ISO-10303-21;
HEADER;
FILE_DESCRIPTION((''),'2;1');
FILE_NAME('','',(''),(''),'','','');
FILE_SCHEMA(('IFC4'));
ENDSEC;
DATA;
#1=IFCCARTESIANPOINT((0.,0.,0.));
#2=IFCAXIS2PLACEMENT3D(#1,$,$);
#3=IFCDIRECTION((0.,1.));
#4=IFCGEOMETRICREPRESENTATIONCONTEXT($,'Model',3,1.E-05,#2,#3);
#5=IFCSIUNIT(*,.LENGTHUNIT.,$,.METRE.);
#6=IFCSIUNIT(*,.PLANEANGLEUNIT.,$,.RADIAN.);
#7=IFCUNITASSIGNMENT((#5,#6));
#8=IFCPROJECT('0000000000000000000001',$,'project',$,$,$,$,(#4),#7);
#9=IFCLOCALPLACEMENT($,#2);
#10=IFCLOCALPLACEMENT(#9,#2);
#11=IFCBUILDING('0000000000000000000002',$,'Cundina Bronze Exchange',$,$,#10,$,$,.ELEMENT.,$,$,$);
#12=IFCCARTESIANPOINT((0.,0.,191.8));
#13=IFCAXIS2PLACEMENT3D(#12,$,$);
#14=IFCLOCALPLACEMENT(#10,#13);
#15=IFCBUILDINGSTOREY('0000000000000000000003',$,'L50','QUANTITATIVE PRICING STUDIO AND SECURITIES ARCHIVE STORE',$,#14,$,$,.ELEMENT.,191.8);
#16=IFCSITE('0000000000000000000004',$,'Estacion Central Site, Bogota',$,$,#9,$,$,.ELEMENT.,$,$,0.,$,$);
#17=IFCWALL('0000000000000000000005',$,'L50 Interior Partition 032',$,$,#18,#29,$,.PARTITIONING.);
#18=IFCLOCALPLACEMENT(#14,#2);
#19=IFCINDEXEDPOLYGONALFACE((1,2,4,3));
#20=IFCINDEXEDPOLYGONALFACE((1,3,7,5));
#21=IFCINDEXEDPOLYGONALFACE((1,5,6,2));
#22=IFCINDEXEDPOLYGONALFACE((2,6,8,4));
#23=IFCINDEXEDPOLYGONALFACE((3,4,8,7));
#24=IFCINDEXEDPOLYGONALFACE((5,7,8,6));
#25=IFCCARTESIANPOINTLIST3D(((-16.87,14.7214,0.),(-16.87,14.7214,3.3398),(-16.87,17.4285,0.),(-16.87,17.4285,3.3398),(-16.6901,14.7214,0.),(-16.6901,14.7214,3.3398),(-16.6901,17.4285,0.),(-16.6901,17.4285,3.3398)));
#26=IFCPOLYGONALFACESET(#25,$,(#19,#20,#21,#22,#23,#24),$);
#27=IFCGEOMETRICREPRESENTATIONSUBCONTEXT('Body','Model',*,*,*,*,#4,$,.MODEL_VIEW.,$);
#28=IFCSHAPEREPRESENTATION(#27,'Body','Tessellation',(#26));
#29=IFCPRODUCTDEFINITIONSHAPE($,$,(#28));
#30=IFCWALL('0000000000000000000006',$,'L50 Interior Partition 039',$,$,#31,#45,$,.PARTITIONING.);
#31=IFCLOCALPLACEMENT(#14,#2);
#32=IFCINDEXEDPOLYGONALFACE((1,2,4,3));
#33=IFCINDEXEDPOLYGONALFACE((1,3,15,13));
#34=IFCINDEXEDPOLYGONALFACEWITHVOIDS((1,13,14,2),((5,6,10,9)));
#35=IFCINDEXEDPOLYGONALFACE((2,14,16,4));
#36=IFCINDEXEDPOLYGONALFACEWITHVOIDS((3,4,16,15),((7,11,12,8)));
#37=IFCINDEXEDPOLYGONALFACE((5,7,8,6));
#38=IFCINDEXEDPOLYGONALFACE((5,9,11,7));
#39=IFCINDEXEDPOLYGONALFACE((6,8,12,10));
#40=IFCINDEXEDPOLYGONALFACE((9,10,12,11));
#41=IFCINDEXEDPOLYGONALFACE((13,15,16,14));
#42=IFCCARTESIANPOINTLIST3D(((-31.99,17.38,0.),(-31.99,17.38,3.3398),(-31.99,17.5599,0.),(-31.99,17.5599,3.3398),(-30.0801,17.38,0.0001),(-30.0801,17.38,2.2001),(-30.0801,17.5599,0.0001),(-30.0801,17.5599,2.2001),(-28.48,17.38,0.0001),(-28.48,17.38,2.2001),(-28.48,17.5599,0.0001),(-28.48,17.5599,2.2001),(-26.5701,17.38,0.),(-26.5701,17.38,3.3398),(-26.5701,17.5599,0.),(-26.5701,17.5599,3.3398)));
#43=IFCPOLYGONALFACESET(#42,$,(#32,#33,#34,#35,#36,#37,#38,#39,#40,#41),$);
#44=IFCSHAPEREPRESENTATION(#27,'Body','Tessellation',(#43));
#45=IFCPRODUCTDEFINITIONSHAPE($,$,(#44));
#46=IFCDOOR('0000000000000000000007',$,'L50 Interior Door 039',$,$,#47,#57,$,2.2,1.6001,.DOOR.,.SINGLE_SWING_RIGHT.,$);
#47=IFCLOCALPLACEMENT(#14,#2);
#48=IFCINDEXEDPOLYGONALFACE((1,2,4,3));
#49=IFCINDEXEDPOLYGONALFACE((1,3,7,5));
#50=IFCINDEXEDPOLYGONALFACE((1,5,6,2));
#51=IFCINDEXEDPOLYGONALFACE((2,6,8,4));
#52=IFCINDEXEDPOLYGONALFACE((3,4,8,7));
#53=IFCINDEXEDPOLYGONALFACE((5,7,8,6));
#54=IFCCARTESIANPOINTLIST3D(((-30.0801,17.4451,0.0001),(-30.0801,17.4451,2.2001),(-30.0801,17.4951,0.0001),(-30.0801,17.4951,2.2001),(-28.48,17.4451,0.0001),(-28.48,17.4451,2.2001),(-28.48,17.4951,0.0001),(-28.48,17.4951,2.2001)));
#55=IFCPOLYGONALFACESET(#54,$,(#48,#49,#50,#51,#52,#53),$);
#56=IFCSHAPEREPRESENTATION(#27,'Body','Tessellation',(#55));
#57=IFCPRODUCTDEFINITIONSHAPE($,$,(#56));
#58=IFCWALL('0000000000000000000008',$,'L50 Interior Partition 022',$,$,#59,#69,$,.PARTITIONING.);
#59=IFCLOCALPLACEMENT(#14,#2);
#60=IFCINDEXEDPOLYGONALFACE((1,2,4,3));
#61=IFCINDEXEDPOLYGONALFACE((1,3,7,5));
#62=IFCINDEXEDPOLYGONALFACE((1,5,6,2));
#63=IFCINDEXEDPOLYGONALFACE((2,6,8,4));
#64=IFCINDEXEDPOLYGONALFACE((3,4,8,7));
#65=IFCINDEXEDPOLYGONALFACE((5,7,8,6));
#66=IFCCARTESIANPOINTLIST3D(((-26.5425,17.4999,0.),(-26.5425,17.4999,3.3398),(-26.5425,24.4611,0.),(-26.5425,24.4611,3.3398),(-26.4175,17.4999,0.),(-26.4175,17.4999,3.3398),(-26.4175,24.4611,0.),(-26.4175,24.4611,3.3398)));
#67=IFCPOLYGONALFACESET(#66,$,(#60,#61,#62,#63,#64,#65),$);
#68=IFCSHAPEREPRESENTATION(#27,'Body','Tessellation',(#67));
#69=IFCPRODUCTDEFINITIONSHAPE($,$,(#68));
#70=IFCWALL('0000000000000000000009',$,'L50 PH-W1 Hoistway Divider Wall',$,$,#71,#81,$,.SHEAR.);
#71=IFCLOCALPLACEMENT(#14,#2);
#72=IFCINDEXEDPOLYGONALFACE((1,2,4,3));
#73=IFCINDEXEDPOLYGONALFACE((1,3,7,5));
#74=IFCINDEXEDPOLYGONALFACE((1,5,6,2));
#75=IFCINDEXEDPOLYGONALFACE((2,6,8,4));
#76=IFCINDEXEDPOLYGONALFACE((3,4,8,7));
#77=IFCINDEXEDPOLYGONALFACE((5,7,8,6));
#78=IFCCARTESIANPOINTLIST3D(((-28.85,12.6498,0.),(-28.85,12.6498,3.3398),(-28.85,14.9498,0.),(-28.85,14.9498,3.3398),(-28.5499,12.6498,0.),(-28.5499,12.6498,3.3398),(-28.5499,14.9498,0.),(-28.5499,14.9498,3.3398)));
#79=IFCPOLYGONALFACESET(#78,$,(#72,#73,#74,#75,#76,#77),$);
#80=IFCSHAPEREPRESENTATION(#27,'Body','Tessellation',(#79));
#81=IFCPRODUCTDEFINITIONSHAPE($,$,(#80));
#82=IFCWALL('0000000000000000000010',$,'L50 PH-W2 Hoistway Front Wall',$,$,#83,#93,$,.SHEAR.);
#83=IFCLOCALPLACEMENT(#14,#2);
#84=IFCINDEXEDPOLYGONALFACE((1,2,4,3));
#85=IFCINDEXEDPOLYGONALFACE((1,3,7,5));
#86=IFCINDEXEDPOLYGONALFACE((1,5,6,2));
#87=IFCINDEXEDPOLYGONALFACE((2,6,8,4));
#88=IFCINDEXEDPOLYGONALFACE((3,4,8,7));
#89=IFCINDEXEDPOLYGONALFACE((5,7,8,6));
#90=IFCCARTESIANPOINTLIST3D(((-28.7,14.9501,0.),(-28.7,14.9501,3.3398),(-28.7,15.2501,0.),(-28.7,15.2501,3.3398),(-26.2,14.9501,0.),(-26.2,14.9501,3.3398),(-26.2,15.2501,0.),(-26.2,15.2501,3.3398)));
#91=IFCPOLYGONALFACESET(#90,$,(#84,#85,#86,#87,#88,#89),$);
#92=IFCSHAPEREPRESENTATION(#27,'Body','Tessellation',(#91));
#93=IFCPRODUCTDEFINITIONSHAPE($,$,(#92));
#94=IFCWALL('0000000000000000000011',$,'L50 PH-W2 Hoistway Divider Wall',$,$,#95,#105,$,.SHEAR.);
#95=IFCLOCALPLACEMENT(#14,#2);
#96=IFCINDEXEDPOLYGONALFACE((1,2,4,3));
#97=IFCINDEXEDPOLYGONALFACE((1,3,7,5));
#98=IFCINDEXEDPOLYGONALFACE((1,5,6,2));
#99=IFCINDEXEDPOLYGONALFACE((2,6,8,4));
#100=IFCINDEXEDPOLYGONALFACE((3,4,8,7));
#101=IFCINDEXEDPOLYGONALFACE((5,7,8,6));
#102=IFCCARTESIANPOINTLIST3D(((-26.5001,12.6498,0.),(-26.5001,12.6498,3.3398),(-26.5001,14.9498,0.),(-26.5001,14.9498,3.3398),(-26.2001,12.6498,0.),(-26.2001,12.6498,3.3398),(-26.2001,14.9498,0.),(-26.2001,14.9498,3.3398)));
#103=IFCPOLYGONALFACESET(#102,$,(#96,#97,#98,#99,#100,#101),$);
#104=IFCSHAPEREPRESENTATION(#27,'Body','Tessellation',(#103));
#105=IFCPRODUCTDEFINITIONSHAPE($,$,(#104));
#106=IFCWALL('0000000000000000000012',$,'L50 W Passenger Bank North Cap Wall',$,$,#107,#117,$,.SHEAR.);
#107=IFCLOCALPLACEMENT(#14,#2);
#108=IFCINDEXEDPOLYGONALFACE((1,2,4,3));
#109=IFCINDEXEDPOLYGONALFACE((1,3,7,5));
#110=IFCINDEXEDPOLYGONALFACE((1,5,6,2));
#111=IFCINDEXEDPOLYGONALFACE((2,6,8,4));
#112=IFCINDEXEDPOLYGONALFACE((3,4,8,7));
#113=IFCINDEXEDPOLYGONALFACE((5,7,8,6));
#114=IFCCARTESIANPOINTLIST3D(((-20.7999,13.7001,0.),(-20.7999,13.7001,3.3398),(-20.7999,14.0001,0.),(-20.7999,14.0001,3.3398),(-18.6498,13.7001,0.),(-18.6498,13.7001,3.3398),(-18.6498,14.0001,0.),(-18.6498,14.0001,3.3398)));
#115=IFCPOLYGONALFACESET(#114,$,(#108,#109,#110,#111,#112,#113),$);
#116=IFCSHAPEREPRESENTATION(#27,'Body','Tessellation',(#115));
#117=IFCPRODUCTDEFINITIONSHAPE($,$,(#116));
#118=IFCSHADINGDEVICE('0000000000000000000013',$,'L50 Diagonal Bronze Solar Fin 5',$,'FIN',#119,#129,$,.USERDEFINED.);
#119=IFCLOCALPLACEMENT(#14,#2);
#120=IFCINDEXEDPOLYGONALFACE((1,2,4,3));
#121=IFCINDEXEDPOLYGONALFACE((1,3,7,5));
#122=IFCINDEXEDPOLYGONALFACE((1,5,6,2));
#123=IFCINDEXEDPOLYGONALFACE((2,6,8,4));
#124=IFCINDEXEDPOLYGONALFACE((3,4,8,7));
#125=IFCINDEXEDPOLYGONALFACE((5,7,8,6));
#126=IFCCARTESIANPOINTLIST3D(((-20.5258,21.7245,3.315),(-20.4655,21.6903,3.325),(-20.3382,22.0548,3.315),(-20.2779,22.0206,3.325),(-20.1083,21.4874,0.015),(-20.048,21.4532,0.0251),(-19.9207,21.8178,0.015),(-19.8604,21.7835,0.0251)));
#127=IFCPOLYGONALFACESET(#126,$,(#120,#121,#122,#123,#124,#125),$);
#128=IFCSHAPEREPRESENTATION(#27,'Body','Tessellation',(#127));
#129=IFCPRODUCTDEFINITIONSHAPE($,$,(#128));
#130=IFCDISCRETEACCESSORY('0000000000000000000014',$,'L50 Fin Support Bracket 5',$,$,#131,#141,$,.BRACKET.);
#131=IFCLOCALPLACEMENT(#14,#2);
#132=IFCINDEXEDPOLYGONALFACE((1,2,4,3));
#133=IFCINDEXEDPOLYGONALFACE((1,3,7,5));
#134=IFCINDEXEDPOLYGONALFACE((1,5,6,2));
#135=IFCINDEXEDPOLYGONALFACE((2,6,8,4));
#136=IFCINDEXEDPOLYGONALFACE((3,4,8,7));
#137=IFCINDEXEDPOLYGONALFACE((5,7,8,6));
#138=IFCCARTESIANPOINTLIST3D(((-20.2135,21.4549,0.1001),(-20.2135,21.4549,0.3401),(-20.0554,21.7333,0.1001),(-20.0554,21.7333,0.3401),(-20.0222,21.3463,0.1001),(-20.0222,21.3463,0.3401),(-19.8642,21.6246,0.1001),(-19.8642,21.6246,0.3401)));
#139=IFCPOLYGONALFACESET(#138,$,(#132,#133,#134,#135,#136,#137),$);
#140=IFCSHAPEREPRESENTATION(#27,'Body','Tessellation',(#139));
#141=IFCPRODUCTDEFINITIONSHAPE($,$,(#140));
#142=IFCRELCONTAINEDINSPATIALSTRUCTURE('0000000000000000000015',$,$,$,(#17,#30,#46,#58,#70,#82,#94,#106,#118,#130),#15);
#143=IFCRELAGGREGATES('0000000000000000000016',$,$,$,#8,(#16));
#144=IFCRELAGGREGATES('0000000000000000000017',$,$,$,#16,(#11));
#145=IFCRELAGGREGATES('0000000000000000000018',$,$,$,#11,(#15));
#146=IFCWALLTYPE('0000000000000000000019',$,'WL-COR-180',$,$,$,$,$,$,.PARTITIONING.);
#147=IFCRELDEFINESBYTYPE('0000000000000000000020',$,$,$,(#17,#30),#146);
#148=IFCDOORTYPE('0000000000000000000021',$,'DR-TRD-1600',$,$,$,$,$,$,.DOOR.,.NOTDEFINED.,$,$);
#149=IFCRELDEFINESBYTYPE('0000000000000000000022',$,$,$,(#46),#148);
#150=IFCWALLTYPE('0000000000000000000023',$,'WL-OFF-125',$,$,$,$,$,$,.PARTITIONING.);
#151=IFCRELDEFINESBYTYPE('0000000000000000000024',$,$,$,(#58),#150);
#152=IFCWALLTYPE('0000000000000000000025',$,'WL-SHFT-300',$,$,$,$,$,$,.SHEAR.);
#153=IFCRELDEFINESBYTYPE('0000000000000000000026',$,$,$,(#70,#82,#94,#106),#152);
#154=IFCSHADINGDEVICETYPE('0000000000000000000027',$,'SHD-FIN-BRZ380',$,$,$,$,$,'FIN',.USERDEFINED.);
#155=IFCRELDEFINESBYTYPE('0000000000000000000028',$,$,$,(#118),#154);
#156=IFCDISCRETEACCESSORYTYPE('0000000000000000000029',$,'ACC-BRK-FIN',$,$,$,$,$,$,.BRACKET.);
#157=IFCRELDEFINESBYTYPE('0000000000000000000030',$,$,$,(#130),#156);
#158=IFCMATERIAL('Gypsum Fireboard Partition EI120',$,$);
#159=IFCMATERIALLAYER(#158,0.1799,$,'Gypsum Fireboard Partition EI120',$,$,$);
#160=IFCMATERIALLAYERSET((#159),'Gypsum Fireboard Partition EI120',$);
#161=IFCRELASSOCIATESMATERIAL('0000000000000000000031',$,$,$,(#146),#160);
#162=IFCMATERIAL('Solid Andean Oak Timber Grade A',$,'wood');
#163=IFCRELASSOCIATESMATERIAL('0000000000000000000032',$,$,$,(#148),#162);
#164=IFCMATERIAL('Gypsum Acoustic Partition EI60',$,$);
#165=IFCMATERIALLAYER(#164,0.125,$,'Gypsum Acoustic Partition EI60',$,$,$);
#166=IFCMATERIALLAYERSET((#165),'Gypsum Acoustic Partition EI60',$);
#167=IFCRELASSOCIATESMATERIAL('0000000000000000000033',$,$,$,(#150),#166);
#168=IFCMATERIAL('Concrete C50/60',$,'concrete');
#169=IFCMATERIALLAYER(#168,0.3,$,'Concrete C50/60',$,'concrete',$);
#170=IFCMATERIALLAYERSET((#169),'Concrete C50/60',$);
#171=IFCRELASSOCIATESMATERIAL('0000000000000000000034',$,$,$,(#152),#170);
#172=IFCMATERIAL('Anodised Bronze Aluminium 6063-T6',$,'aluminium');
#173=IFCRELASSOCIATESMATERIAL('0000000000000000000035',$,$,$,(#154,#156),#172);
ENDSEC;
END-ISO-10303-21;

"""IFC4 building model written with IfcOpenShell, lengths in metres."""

from ifc_helpers import new_model, si_unit, direction, frame, frame_2d, origin, origin_2d, place, context, subcontext, project, spatial, rectangle, extrude, material, layer, layer_set, material_profile, profile_set, type_object, element, fill, save


model = new_model("IFC4")

# Units and contexts
model_context = context("Model", 3, precision=1e-05, world=origin(), true_north=direction((0.0, 1.0)))
body_context = subcontext(model_context, "Body", "Model", "MODEL_VIEW")
ifc_project = project(units=[si_unit("LENGTHUNIT", "METRE"), si_unit("PLANEANGLEUNIT", "RADIAN")], contexts=[model_context])

# Site, building, storey
site_placement = place(None, origin())
site = spatial("IfcSite", under=ifc_project, at=site_placement, Name="Estacion Central Site, Bogota", CompositionType="ELEMENT", RefElevation=0.0)
building_placement = place(site_placement, origin())
building = spatial("IfcBuilding", under=site, at=building_placement, Name="Cundina Bronze Exchange", CompositionType="ELEMENT")
storey_placement = place(building_placement, frame((0.0, 0.0, 191.8)))
storey = spatial("IfcBuildingStorey", under=building, at=storey_placement, Name="L50", Description="QUANTITATIVE PRICING STUDIO AND SECURITIES ARCHIVE STORE", CompositionType="ELEMENT", Elevation=191.8)

# Shared definitions
ifc_material_1 = material(Name="Concrete C50/60", Category="concrete")

# Shared definitions
ifc_material_2 = material(Name="Anodised Bronze Aluminium 6063-T6", Category="aluminium")

# Shared definitions
ifc_material_3 = material(Name="Gypsum Fireboard Partition EI120")
ifc_layer_1 = layer(ifc_material_3, 0.1799, Name="Gypsum Fireboard Partition EI120")
ifc_layer_set_1 = layer_set([ifc_layer_1], Name="Gypsum Fireboard Partition EI120")
wall_type_1 = type_object("IfcWallType", Name="WL-COR-180", PredefinedType="PARTITIONING", material=ifc_layer_set_1)
ifc_material_4 = material(Name="Solid Andean Oak Timber Grade A", Category="wood")

# Wall
wall_1_placement = place(storey_placement, frame((-16.78, 14.7214, 0.0), z_axis=(0.0, 0.0, 1.0), x_axis=(0.0, 1.0, 0.0)))
element("IfcWall", 1, at=wall_1_placement, inside=storey, type_object=wall_type_1, Name="L50 Interior Partition 032", PredefinedType="PARTITIONING", context=body_context, shape_type="SweptSolid", body=[
    extrude(rectangle(XDim=2.707, YDim=0.1799, at=frame_2d((1.3535, 0.0))), origin(), (0.0, 0.0, 1.0), 3.3398),
])

# Wall, opening, door
wall_2_placement = place(storey_placement, frame((-26.5701, 17.47, 0.0), z_axis=(0.0, 0.0, 1.0), x_axis=(-1.0, 0.0, 0.0)))
wall_2 = element("IfcWall", 2, at=wall_2_placement, inside=storey, type_object=wall_type_1, Name="L50 Interior Partition 039", PredefinedType="PARTITIONING", context=body_context, shape_type="SweptSolid", body=[
    extrude(rectangle(XDim=5.4199, YDim=0.1799, at=frame_2d((2.71, 0.0))), origin(), (0.0, 0.0, 1.0), 3.3398),
])
opening_1_placement = place(wall_2_placement, frame((1.9099, 0.0, 0.0)))
opening_1 = element("IfcOpeningElement", 3, at=opening_1_placement, cuts=wall_2, PredefinedType="OPENING", context=body_context, shape_type="SweptSolid", body=[
    extrude(rectangle(XDim=1.6001, YDim=2.2, at=frame_2d((0.8, 1.1001))), frame((0.0, 0.0999, 0.0), z_axis=(0.0, -1.0, 0.0), x_axis=(1.0, 0.0, 0.0)), (0.0, 0.0, 1.0), 0.2),
])
door_type_1 = type_object("IfcDoorType", Name="DR-TRD-1600", OperationType="NOTDEFINED", PredefinedType="DOOR", material=ifc_material_4)
door_1_placement = place(opening_1_placement, origin())
door_1 = element("IfcDoor", 4, at=door_1_placement, inside=storey, type_object=door_type_1, Name="L50 Interior Door 039", OperationType="SINGLE_SWING_RIGHT", OverallHeight=2.2, OverallWidth=1.6001, PredefinedType="DOOR", context=body_context, shape_type="SweptSolid", body=[
    extrude(rectangle(XDim=1.6001, YDim=2.2, at=frame_2d((0.8, 1.1001))), frame((0.0, 0.0249, 0.0), z_axis=(0.0, -1.0, 0.0), x_axis=(1.0, 0.0, 0.0)), (0.0, 0.0, 1.0), 0.05),
])
fill(opening_1, door_1)

# Walls
ifc_material_5 = material(Name="Gypsum Acoustic Partition EI60")
ifc_layer_2 = layer(ifc_material_5, 0.125, Name="Gypsum Acoustic Partition EI60")
ifc_layer_set_2 = layer_set([ifc_layer_2], Name="Gypsum Acoustic Partition EI60")
wall_type_2 = type_object("IfcWallType", Name="WL-OFF-125", PredefinedType="PARTITIONING", material=ifc_layer_set_2)
wall_3_placement = place(storey_placement, frame((-26.48, 17.5, 0.0), z_axis=(0.0, 0.0, 1.0), x_axis=(0.0, 1.0, 0.0)))
element("IfcWall", 5, at=wall_3_placement, inside=storey, type_object=wall_type_2, Name="L50 Interior Partition 022", PredefinedType="PARTITIONING", context=body_context, shape_type="SweptSolid", body=[
    extrude(rectangle(XDim=6.9612, YDim=0.125, at=frame_2d((3.4805, 0.0))), origin(), (0.0, 0.0, 1.0), 3.3398),
])
ifc_layer_3 = layer(ifc_material_1, 0.3, Name="Concrete C50/60", Category="concrete")
ifc_layer_set_3 = layer_set([ifc_layer_3], Name="Concrete C50/60")
wall_type_3 = type_object("IfcWallType", Name="WL-SHFT-300", PredefinedType="SHEAR", material=ifc_layer_set_3)
wall_4_placement = place(storey_placement, frame((-28.7, 12.6499, 0.0), z_axis=(0.0, 0.0, 1.0), x_axis=(0.0, 1.0, 0.0)))
element("IfcWall", 6, at=wall_4_placement, inside=storey, type_object=wall_type_3, Name="L50 PH-W1 Hoistway Divider Wall", PredefinedType="SHEAR", context=body_context, shape_type="SweptSolid", body=[
    extrude(rectangle(XDim=2.3, YDim=0.3, at=frame_2d((1.1499, 0.0))), origin(), (0.0, 0.0, 1.0), 3.3398),
])
wall_5_placement = place(storey_placement, frame((-28.7, 15.1001, 0.0), z_axis=(0.0, 0.0, 1.0), x_axis=(1.0, 0.0, 0.0)))
element("IfcWall", 7, at=wall_5_placement, inside=storey, type_object=wall_type_3, Name="L50 PH-W2 Hoistway Front Wall", PredefinedType="SHEAR", context=body_context, shape_type="SweptSolid", body=[
    extrude(rectangle(XDim=2.5, YDim=0.3, at=frame_2d((1.25, 0.0))), origin(), (0.0, 0.0, 1.0), 3.3398),
])
wall_6_placement = place(storey_placement, frame((-26.3501, 12.6499, 0.0), z_axis=(0.0, 0.0, 1.0), x_axis=(0.0, 1.0, 0.0)))
element("IfcWall", 8, at=wall_6_placement, inside=storey, type_object=wall_type_3, Name="L50 PH-W2 Hoistway Divider Wall", PredefinedType="SHEAR", context=body_context, shape_type="SweptSolid", body=[
    extrude(rectangle(XDim=2.3, YDim=0.3, at=frame_2d((1.1499, 0.0))), origin(), (0.0, 0.0, 1.0), 3.3398),
])
wall_7_placement = place(storey_placement, frame((-20.8, 13.8501, 0.0), z_axis=(0.0, 0.0, 1.0), x_axis=(1.0, 0.0, 0.0)))
element("IfcWall", 9, at=wall_7_placement, inside=storey, type_object=wall_type_3, Name="L50 W Passenger Bank North Cap Wall", PredefinedType="SHEAR", context=body_context, shape_type="SweptSolid", body=[
    extrude(rectangle(XDim=2.1501, YDim=0.3, at=frame_2d((1.0752, 0.0))), origin(), (0.0, 0.0, 1.0), 3.3398),
])

# Shading device
ifc_material_profile_1 = material_profile(ifc_material_2, rectangle(XDim=0.0701, YDim=0.3799, at=origin_2d()), Name="FIN70X380", Category="aluminium")
ifc_profile_set_1 = profile_set([ifc_material_profile_1], Name="Anodised Bronze Aluminium 6063-T6")
shading_device_type = type_object("IfcShadingDeviceType", Name="SHD-FIN-BRZ380", ElementType="FIN", PredefinedType="USERDEFINED", material=ifc_profile_set_1)
shading_device_placement = place(storey_placement, frame((-19.9844, 21.6355, 0.02), z_axis=(-0.12519, 0.071087, 0.989583), x_axis=(0.860527, -0.488638, 0.143965)))
element("IfcShadingDevice", 10, at=shading_device_placement, inside=storey, type_object=shading_device_type, Name="L50 Diagonal Bronze Solar Fin 5", ObjectType="FIN", PredefinedType="USERDEFINED", context=body_context, shape_type="SweptSolid", body=[
    extrude(rectangle(XDim=0.0701, YDim=0.3799, at=origin_2d()), origin(), (0.0, 0.0, 1.0), 3.3347),
])

# Discrete accessory
discrete_accessory_type = type_object("IfcDiscreteAccessoryType", Name="ACC-BRK-FIN", PredefinedType="BRACKET", material=ifc_material_2)
discrete_accessory_placement = place(storey_placement, frame((-20.0388, 21.5398, 0.1001), z_axis=(0.0, 0.0, 1.0), x_axis=(-0.869573, 0.493805, 0.0)))
element("IfcDiscreteAccessory", 11, at=discrete_accessory_placement, inside=storey, type_object=discrete_accessory_type, Name="L50 Fin Support Bracket 5", PredefinedType="BRACKET", context=body_context, shape_type="SweptSolid", body=[
    extrude(rectangle(XDim=0.22, YDim=0.3201, at=origin_2d()), origin(), (0.0, 0.0, 1.0), 0.24),
])

save(model, "model.ifc")
